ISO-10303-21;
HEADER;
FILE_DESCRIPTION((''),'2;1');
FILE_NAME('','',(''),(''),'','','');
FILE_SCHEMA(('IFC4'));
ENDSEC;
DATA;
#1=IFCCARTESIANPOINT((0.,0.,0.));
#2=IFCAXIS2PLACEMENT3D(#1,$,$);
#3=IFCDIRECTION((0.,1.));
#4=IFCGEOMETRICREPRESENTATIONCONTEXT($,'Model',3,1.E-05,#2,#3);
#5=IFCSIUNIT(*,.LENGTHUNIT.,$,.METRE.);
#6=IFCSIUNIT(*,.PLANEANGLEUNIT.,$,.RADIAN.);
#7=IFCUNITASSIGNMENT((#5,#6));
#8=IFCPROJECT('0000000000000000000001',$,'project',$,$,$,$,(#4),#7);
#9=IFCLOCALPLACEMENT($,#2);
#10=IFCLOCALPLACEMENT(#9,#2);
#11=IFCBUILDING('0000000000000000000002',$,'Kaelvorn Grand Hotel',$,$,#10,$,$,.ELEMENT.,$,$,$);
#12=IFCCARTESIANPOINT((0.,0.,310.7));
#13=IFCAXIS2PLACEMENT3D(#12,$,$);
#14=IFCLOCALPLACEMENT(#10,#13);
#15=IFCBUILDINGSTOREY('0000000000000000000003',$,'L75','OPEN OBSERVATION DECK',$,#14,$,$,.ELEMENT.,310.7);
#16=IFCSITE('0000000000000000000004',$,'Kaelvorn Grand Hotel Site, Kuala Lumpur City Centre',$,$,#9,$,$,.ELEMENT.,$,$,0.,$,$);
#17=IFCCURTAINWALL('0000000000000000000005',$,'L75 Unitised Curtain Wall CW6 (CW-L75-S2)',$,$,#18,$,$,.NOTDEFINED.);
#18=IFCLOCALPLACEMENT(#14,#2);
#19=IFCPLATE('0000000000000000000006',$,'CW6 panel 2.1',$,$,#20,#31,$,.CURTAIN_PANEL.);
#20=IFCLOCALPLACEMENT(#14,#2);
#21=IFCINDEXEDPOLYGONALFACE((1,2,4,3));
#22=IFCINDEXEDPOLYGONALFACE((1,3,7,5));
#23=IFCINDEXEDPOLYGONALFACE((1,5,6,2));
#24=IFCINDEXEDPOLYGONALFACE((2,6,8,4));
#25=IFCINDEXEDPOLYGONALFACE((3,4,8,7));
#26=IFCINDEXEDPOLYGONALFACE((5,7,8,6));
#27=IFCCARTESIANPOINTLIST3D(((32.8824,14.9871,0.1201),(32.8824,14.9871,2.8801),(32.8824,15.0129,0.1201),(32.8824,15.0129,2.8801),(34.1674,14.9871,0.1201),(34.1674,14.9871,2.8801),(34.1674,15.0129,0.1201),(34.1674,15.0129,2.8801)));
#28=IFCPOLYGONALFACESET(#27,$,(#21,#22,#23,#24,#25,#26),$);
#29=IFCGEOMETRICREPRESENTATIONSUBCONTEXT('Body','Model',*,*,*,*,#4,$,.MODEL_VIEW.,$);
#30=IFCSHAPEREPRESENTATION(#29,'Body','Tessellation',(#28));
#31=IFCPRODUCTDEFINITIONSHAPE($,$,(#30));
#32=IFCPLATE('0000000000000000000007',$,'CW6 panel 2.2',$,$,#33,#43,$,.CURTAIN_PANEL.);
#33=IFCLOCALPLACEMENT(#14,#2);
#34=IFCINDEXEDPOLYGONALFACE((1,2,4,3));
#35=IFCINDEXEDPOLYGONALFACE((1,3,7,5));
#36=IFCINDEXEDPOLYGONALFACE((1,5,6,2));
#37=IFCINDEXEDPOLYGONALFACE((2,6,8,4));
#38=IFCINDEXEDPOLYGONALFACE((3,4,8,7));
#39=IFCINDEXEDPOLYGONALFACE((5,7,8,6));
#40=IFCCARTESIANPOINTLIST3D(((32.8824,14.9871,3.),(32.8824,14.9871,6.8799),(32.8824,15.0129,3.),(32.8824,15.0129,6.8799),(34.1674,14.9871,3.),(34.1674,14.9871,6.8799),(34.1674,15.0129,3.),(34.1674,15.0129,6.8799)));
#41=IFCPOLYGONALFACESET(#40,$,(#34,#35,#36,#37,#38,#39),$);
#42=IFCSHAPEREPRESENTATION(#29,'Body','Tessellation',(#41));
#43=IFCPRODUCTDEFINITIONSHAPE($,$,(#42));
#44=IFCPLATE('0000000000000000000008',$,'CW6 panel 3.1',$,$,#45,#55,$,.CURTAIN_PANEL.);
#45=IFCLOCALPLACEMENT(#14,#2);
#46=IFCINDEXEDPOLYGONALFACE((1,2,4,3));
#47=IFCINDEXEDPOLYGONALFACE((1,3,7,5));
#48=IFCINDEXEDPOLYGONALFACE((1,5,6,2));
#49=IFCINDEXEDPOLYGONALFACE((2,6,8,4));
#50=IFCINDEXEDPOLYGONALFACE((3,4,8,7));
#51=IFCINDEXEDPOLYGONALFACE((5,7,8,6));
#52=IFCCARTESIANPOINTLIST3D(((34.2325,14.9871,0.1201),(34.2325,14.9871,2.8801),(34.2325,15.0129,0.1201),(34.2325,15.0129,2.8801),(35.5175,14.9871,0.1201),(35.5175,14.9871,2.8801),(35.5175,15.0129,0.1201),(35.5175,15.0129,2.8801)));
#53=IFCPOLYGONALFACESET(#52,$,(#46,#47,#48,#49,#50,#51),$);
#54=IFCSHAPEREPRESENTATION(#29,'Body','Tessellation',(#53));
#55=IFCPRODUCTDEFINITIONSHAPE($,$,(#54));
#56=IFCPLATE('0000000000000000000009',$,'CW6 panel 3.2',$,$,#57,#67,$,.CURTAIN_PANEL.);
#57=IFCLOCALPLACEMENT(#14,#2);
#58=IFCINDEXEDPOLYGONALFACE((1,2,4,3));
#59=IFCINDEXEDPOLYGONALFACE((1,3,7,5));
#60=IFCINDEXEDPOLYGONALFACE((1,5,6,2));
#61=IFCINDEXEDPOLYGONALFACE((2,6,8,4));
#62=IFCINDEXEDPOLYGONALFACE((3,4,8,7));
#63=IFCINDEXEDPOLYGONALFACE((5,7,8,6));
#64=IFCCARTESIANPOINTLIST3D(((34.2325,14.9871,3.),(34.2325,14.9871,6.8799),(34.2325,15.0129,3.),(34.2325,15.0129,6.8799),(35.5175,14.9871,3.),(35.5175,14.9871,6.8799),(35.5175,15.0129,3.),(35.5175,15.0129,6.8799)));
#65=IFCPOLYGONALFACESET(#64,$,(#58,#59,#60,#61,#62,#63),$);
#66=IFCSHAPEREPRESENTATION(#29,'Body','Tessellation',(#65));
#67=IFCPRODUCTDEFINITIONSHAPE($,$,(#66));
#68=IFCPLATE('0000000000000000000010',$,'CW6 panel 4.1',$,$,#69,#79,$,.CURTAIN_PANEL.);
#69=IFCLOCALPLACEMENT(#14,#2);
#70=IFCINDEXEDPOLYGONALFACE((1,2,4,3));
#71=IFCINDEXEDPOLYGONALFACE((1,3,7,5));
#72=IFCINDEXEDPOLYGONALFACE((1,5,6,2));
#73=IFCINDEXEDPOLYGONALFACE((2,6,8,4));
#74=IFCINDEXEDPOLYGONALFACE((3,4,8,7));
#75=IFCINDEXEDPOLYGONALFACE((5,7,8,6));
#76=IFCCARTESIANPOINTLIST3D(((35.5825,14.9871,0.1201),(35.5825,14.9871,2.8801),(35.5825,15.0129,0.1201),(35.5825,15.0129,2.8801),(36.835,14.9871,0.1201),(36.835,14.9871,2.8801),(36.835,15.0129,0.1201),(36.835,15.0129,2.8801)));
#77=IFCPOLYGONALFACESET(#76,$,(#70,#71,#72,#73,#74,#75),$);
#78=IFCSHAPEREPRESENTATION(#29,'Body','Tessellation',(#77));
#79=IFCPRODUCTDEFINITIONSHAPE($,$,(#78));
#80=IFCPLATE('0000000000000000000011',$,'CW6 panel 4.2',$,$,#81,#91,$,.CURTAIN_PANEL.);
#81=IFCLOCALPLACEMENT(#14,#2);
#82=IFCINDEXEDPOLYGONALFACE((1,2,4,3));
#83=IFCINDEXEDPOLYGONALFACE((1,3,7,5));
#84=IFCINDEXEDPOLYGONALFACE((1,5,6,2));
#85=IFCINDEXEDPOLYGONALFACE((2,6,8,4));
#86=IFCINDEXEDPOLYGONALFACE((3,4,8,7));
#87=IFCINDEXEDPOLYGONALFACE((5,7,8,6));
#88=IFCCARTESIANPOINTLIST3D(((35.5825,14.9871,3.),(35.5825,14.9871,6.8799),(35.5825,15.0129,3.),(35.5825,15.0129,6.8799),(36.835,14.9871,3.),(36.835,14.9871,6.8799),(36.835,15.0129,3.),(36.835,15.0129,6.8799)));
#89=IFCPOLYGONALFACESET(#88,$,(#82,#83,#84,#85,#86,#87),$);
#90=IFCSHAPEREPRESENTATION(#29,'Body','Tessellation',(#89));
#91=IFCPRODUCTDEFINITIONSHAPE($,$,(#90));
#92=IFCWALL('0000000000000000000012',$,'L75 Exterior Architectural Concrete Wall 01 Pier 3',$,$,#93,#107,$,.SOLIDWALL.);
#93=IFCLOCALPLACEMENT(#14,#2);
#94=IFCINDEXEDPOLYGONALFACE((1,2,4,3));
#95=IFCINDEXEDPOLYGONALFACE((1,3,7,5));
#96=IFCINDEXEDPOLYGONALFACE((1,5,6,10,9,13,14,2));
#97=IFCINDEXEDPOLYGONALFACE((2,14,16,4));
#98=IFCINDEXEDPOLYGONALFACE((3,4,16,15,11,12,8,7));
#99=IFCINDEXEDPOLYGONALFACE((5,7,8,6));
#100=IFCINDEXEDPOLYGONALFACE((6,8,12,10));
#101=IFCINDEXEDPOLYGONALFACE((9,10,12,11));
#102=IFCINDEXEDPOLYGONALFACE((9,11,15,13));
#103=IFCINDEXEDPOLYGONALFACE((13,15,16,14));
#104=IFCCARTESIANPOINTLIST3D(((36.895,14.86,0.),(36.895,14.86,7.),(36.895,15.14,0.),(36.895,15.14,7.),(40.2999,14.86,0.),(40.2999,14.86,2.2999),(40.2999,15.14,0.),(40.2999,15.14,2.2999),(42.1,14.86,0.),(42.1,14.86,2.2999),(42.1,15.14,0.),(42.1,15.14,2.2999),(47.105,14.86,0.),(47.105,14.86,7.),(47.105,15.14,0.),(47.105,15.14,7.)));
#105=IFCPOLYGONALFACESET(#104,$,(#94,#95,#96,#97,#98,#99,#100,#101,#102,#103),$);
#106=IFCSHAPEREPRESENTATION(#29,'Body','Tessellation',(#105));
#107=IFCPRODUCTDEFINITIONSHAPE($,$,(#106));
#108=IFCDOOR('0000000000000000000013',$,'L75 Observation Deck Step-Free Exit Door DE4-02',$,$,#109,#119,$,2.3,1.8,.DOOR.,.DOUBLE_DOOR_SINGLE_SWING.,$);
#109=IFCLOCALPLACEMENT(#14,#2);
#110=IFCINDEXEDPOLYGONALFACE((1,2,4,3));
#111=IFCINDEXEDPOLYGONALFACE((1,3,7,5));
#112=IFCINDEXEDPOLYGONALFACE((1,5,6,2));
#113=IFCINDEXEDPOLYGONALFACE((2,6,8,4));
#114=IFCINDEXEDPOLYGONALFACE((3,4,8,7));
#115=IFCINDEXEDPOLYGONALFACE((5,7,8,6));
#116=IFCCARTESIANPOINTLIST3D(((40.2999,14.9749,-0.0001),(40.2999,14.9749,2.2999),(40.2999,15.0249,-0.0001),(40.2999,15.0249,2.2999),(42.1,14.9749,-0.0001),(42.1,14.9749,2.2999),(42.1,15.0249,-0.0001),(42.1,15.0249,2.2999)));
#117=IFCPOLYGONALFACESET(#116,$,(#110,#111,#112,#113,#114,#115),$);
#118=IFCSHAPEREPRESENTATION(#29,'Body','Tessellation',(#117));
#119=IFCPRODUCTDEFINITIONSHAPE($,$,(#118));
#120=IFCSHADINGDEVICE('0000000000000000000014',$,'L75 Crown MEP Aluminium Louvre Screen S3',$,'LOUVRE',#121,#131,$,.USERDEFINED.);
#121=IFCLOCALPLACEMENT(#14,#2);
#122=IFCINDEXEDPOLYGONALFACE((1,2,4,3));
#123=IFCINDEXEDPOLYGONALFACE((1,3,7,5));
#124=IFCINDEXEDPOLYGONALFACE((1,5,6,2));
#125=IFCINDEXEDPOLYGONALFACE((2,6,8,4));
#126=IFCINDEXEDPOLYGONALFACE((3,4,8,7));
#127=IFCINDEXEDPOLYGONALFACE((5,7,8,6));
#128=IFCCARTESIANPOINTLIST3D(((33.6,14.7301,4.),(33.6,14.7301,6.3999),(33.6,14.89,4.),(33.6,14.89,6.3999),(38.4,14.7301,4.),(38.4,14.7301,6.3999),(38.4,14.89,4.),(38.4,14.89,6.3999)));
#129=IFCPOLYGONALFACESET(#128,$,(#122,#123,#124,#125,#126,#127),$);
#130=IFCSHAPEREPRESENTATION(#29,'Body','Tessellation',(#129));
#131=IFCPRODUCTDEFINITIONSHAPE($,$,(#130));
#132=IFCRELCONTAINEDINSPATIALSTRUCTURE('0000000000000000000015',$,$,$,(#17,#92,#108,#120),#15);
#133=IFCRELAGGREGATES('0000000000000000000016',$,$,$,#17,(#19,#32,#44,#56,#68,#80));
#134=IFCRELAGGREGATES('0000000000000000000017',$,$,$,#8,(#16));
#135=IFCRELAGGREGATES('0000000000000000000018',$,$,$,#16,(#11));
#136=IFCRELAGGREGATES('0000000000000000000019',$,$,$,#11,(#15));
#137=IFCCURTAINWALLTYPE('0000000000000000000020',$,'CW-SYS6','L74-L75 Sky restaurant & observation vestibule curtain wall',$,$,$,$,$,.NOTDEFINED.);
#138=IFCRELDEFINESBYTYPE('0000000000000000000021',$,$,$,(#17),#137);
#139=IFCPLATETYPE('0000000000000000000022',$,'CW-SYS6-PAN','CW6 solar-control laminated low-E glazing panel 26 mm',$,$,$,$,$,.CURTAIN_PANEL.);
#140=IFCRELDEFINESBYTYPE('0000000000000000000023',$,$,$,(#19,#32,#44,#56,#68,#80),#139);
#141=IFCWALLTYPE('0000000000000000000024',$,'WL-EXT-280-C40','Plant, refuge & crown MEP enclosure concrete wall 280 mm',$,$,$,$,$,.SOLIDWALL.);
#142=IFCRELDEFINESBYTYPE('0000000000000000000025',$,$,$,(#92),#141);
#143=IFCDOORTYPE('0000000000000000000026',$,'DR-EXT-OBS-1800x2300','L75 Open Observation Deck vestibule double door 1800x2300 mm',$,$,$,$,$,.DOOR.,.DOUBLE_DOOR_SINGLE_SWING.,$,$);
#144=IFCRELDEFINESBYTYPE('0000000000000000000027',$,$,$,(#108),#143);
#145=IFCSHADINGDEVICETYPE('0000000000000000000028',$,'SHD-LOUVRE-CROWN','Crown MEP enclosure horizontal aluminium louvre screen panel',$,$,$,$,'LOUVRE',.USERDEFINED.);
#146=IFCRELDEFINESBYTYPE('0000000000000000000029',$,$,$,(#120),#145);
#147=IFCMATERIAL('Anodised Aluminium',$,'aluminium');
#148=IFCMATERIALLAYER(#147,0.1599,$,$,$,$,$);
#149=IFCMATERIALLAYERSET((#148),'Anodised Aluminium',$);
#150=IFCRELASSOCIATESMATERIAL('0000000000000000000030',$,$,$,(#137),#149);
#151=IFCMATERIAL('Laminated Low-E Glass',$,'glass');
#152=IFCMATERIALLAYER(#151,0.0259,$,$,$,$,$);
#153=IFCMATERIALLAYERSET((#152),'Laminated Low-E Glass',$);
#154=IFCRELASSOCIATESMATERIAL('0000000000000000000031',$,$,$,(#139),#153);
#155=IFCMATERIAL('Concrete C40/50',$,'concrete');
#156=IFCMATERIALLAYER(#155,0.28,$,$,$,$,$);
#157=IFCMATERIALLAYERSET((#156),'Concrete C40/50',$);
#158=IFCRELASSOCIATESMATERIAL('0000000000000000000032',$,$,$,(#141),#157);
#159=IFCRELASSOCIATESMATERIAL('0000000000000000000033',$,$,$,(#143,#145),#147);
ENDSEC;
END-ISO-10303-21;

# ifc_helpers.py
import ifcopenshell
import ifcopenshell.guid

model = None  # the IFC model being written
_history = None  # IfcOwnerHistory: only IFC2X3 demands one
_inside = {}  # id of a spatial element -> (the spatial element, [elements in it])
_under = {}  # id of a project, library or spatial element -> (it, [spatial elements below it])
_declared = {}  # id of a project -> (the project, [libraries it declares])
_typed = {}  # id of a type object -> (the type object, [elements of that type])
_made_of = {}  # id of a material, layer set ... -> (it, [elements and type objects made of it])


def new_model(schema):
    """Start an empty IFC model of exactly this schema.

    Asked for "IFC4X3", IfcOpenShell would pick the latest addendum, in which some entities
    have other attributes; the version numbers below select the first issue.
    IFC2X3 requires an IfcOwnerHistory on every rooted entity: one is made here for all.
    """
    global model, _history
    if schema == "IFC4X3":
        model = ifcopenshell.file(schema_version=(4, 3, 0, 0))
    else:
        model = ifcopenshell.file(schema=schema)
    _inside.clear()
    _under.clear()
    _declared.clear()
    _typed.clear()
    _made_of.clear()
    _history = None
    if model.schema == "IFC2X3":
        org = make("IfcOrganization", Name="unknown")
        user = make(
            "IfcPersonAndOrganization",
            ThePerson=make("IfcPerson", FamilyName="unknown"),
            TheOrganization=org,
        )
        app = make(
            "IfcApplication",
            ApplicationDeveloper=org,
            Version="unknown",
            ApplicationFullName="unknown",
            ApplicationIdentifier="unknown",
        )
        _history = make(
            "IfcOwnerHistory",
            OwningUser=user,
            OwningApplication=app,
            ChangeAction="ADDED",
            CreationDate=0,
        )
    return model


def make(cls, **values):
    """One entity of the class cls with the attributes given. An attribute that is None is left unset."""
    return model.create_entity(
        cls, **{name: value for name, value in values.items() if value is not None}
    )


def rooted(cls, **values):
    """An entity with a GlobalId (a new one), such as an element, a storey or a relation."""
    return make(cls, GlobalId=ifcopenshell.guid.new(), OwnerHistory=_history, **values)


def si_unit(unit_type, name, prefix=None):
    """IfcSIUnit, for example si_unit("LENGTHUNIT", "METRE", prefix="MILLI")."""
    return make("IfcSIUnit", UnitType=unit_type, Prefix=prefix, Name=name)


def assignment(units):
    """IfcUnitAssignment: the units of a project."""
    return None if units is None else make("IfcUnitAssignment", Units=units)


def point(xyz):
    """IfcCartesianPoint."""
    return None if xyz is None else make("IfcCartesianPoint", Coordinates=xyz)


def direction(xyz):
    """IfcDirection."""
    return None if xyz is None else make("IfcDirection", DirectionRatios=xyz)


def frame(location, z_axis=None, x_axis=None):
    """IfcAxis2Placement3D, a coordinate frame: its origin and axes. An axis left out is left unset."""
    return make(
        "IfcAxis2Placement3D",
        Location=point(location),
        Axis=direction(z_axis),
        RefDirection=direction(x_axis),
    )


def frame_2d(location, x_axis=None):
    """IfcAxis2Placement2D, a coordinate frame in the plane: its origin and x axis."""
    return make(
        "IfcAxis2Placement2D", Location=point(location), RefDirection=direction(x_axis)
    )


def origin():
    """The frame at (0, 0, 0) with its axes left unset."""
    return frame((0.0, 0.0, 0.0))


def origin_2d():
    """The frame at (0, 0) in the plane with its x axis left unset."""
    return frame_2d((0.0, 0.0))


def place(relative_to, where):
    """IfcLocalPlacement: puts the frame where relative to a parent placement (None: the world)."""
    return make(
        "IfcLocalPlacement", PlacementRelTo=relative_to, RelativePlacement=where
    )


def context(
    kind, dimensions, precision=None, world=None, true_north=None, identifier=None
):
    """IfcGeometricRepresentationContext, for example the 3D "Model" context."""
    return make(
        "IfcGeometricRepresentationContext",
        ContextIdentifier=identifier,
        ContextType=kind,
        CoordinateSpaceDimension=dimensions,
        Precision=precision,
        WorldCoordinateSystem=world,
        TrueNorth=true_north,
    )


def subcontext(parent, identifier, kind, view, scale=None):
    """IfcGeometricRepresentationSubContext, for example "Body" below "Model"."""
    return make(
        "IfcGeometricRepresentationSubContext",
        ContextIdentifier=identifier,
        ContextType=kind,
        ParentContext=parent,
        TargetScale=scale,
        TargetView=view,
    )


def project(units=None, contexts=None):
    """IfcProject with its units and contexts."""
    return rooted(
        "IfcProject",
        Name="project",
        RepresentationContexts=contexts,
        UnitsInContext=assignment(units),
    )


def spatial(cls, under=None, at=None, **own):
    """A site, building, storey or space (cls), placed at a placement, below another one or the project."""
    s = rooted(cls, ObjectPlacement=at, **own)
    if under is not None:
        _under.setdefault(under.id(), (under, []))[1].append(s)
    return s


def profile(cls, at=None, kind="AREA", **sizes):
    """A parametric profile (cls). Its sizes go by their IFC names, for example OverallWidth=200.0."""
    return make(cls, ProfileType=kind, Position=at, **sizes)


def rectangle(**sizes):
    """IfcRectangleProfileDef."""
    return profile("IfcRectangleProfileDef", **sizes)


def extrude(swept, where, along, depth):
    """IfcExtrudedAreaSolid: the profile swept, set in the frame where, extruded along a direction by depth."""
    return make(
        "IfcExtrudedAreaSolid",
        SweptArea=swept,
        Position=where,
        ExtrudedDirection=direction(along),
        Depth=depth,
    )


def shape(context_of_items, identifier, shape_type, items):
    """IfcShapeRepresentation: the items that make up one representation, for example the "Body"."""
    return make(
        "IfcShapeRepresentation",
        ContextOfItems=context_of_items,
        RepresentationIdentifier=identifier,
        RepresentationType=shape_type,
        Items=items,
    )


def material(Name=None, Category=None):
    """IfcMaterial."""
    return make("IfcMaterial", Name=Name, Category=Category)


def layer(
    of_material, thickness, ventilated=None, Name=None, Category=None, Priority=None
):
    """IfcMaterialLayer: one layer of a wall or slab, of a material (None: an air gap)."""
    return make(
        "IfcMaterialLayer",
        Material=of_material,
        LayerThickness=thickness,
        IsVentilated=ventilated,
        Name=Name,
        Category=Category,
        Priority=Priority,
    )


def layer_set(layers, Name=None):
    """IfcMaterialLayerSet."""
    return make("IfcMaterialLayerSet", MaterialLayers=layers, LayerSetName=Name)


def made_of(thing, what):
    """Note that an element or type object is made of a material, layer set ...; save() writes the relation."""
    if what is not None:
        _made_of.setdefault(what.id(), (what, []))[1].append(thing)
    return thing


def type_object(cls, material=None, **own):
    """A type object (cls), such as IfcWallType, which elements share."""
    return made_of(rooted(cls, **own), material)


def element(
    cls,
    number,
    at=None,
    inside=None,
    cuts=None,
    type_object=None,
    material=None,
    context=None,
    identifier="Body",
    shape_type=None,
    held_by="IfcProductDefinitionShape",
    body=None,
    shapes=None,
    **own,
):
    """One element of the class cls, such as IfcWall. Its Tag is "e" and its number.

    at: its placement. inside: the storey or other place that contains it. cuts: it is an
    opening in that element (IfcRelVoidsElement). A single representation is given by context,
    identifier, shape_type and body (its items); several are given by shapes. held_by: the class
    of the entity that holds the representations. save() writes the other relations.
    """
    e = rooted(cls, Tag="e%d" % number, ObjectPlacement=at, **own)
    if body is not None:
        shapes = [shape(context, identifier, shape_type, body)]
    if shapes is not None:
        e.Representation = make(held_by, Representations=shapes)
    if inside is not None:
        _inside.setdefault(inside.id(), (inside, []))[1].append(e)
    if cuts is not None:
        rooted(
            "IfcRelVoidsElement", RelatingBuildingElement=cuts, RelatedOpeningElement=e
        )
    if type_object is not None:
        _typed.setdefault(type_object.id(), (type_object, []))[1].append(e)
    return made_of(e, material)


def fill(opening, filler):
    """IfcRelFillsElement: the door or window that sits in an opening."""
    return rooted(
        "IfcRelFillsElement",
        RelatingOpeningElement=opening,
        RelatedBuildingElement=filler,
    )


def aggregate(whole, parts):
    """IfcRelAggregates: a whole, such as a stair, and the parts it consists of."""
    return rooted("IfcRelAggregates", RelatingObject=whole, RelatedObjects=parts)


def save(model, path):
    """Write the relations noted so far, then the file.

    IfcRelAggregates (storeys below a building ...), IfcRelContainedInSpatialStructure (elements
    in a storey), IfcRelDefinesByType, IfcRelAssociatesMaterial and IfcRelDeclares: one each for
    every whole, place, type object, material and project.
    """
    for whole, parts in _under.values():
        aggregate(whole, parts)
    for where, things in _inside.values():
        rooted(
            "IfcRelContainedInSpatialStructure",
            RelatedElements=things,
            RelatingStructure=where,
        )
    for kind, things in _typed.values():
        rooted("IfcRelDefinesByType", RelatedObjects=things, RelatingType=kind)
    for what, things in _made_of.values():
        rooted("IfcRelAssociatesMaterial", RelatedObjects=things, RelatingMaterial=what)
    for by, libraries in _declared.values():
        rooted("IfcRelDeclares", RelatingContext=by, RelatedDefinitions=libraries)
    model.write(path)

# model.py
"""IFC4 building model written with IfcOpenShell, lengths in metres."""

from ifc_helpers import new_model, si_unit, direction, frame, frame_2d, origin, origin_2d, place, context, subcontext, project, spatial, rectangle, extrude, material, layer, layer_set, type_object, element, fill, aggregate, save


model = new_model("IFC4")

# Units and contexts
model_context = context("Model", 3, precision=1e-05, world=origin(), true_north=direction((0.0, 1.0)))
body_context = subcontext(model_context, "Body", "Model", "MODEL_VIEW")
ifc_project = project(units=[si_unit("LENGTHUNIT", "METRE"), si_unit("PLANEANGLEUNIT", "RADIAN")], contexts=[model_context])

# Site, building, storey
site_placement = place(None, origin())
site = spatial("IfcSite", under=ifc_project, at=site_placement, Name="Kaelvorn Grand Hotel Site, Kuala Lumpur City Centre", CompositionType="ELEMENT", RefElevation=0.0)
building_placement = place(site_placement, origin())
building = spatial("IfcBuilding", under=site, at=building_placement, Name="Kaelvorn Grand Hotel", CompositionType="ELEMENT")
storey_placement = place(building_placement, frame((0.0, 0.0, 310.7)))
storey = spatial("IfcBuildingStorey", under=building, at=storey_placement, Name="L75", Description="OPEN OBSERVATION DECK", CompositionType="ELEMENT", Elevation=310.7)

# Curtain wall
ifc_material_1 = material(Name="Anodised Aluminium", Category="aluminium")
ifc_layer_1 = layer(ifc_material_1, 0.1599)
ifc_layer_set_1 = layer_set([ifc_layer_1], Name="Anodised Aluminium")
curtain_wall_type = type_object("IfcCurtainWallType", Name="CW-SYS6", Description="L74-L75 Sky restaurant & observation vestibule curtain wall", PredefinedType="NOTDEFINED", material=ifc_layer_set_1)
curtain_wall_placement = place(storey_placement, origin())
curtain_wall = element("IfcCurtainWall", 1, at=curtain_wall_placement, inside=storey, type_object=curtain_wall_type, Name="L75 Unitised Curtain Wall CW6 (CW-L75-S2)", PredefinedType="NOTDEFINED")

# Plates
ifc_material_2 = material(Name="Laminated Low-E Glass", Category="glass")
ifc_layer_2 = layer(ifc_material_2, 0.0259)
ifc_layer_set_2 = layer_set([ifc_layer_2], Name="Laminated Low-E Glass")
plate_type = type_object("IfcPlateType", Name="CW-SYS6-PAN", Description="CW6 solar-control laminated low-E glazing panel 26 mm", PredefinedType="CURTAIN_PANEL", material=ifc_layer_set_2)
plate_1_placement = place(storey_placement, frame((33.5249, 15.0, 0.1201), z_axis=(0.0, 0.0, 1.0), x_axis=(1.0, 0.0, 0.0)))
plate_1 = element("IfcPlate", 2, at=plate_1_placement, type_object=plate_type, Name="CW6 panel 2.1", PredefinedType="CURTAIN_PANEL", context=body_context, shape_type="SweptSolid", body=[
    extrude(rectangle(XDim=1.2849, YDim=0.0259, at=origin_2d()), origin(), (0.0, 0.0, 1.0), 2.76),
])
plate_2_placement = place(storey_placement, frame((33.5249, 15.0, 3.0), z_axis=(0.0, 0.0, 1.0), x_axis=(1.0, 0.0, 0.0)))
plate_2 = element("IfcPlate", 3, at=plate_2_placement, type_object=plate_type, Name="CW6 panel 2.2", PredefinedType="CURTAIN_PANEL", context=body_context, shape_type="SweptSolid", body=[
    extrude(rectangle(XDim=1.2849, YDim=0.0259, at=origin_2d()), origin(), (0.0, 0.0, 1.0), 3.8799),
])
plate_3_placement = place(storey_placement, frame((34.875, 15.0, 0.1201), z_axis=(0.0, 0.0, 1.0), x_axis=(1.0, 0.0, 0.0)))
plate_3 = element("IfcPlate", 4, at=plate_3_placement, type_object=plate_type, Name="CW6 panel 3.1", PredefinedType="CURTAIN_PANEL", context=body_context, shape_type="SweptSolid", body=[
    extrude(rectangle(XDim=1.2849, YDim=0.0259, at=origin_2d()), origin(), (0.0, 0.0, 1.0), 2.76),
])
plate_4_placement = place(storey_placement, frame((34.875, 15.0, 3.0), z_axis=(0.0, 0.0, 1.0), x_axis=(1.0, 0.0, 0.0)))
plate_4 = element("IfcPlate", 5, at=plate_4_placement, type_object=plate_type, Name="CW6 panel 3.2", PredefinedType="CURTAIN_PANEL", context=body_context, shape_type="SweptSolid", body=[
    extrude(rectangle(XDim=1.2849, YDim=0.0259, at=origin_2d()), origin(), (0.0, 0.0, 1.0), 3.8799),
])
plate_5_placement = place(storey_placement, frame((36.2087, 15.0, 0.1201), z_axis=(0.0, 0.0, 1.0), x_axis=(1.0, 0.0, 0.0)))
plate_5 = element("IfcPlate", 6, at=plate_5_placement, type_object=plate_type, Name="CW6 panel 4.1", PredefinedType="CURTAIN_PANEL", context=body_context, shape_type="SweptSolid", body=[
    extrude(rectangle(XDim=1.2524, YDim=0.0259, at=origin_2d()), origin(), (0.0, 0.0, 1.0), 2.76),
])
plate_6_placement = place(storey_placement, frame((36.2087, 15.0, 3.0), z_axis=(0.0, 0.0, 1.0), x_axis=(1.0, 0.0, 0.0)))
plate_6 = element("IfcPlate", 7, at=plate_6_placement, type_object=plate_type, Name="CW6 panel 4.2", PredefinedType="CURTAIN_PANEL", context=body_context, shape_type="SweptSolid", body=[
    extrude(rectangle(XDim=1.2524, YDim=0.0259, at=origin_2d()), origin(), (0.0, 0.0, 1.0), 3.8799),
])
aggregate(curtain_wall, [plate_1, plate_2, plate_3, plate_4, plate_5, plate_6])

# Wall, opening, door
ifc_material_3 = material(Name="Concrete C40/50", Category="concrete")
ifc_layer_3 = layer(ifc_material_3, 0.28)
ifc_layer_set_3 = layer_set([ifc_layer_3], Name="Concrete C40/50")
wall_type = type_object("IfcWallType", Name="WL-EXT-280-C40", Description="Plant, refuge & crown MEP enclosure concrete wall 280 mm", PredefinedType="SOLIDWALL", material=ifc_layer_set_3)
wall_placement = place(storey_placement, frame((36.895, 15.0, 0.0), z_axis=(0.0, 0.0, 1.0), x_axis=(1.0, 0.0, 0.0)))
wall = element("IfcWall", 8, at=wall_placement, inside=storey, type_object=wall_type, Name="L75 Exterior Architectural Concrete Wall 01 Pier 3", PredefinedType="SOLIDWALL", context=body_context, shape_type="SweptSolid", body=[
    extrude(rectangle(XDim=10.21, YDim=0.28, at=frame_2d((5.105, 0.0))), origin(), (0.0, 0.0, 1.0), 7.0),
])
opening_placement = place(wall_placement, frame((3.405, 0.0, 0.0)))
opening = element("IfcOpeningElement", 9, at=opening_placement, cuts=wall, PredefinedType="OPENING", context=body_context, shape_type="SweptSolid", body=[
    extrude(rectangle(XDim=1.8, YDim=2.3, at=frame_2d((0.8999, 1.1499))), frame((0.0, 0.1499, 0.0), z_axis=(0.0, -1.0, 0.0), x_axis=(1.0, 0.0, 0.0)), (0.0, 0.0, 1.0), 0.3),
])
door_type = type_object("IfcDoorType", Name="DR-EXT-OBS-1800x2300", Description="L75 Open Observation Deck vestibule double door 1800x2300 mm", OperationType="DOUBLE_DOOR_SINGLE_SWING", PredefinedType="DOOR", material=ifc_material_1)
door_placement = place(opening_placement, origin())
door = element("IfcDoor", 10, at=door_placement, inside=storey, type_object=door_type, Name="L75 Observation Deck Step-Free Exit Door DE4-02", OperationType="DOUBLE_DOOR_SINGLE_SWING", OverallHeight=2.3, OverallWidth=1.8, PredefinedType="DOOR", context=body_context, shape_type="SweptSolid", body=[
    extrude(rectangle(XDim=1.8, YDim=2.3, at=frame_2d((0.8999, 1.1499))), frame((0.0, 0.0249, 0.0), z_axis=(0.0, -1.0, 0.0), x_axis=(1.0, 0.0, 0.0)), (0.0, 0.0, 1.0), 0.05),
])
fill(opening, door)

# Shading device
shading_device_type = type_object("IfcShadingDeviceType", Name="SHD-LOUVRE-CROWN", Description="Crown MEP enclosure horizontal aluminium louvre screen panel", ElementType="LOUVRE", PredefinedType="USERDEFINED", material=ifc_material_1)
shading_device_placement = place(storey_placement, frame((36.0, 14.8101, 4.0), z_axis=(0.0, 0.0, 1.0), x_axis=(1.0, 0.0, 0.0)))
element("IfcShadingDevice", 11, at=shading_device_placement, inside=storey, type_object=shading_device_type, Name="L75 Crown MEP Aluminium Louvre Screen S3", ObjectType="LOUVRE", PredefinedType="USERDEFINED", context=body_context, shape_type="SweptSolid", body=[
    extrude(rectangle(XDim=4.8, YDim=0.1599, at=origin_2d()), origin(), (0.0, 0.0, 1.0), 2.3999),
])

save(model, "model.ifc")
